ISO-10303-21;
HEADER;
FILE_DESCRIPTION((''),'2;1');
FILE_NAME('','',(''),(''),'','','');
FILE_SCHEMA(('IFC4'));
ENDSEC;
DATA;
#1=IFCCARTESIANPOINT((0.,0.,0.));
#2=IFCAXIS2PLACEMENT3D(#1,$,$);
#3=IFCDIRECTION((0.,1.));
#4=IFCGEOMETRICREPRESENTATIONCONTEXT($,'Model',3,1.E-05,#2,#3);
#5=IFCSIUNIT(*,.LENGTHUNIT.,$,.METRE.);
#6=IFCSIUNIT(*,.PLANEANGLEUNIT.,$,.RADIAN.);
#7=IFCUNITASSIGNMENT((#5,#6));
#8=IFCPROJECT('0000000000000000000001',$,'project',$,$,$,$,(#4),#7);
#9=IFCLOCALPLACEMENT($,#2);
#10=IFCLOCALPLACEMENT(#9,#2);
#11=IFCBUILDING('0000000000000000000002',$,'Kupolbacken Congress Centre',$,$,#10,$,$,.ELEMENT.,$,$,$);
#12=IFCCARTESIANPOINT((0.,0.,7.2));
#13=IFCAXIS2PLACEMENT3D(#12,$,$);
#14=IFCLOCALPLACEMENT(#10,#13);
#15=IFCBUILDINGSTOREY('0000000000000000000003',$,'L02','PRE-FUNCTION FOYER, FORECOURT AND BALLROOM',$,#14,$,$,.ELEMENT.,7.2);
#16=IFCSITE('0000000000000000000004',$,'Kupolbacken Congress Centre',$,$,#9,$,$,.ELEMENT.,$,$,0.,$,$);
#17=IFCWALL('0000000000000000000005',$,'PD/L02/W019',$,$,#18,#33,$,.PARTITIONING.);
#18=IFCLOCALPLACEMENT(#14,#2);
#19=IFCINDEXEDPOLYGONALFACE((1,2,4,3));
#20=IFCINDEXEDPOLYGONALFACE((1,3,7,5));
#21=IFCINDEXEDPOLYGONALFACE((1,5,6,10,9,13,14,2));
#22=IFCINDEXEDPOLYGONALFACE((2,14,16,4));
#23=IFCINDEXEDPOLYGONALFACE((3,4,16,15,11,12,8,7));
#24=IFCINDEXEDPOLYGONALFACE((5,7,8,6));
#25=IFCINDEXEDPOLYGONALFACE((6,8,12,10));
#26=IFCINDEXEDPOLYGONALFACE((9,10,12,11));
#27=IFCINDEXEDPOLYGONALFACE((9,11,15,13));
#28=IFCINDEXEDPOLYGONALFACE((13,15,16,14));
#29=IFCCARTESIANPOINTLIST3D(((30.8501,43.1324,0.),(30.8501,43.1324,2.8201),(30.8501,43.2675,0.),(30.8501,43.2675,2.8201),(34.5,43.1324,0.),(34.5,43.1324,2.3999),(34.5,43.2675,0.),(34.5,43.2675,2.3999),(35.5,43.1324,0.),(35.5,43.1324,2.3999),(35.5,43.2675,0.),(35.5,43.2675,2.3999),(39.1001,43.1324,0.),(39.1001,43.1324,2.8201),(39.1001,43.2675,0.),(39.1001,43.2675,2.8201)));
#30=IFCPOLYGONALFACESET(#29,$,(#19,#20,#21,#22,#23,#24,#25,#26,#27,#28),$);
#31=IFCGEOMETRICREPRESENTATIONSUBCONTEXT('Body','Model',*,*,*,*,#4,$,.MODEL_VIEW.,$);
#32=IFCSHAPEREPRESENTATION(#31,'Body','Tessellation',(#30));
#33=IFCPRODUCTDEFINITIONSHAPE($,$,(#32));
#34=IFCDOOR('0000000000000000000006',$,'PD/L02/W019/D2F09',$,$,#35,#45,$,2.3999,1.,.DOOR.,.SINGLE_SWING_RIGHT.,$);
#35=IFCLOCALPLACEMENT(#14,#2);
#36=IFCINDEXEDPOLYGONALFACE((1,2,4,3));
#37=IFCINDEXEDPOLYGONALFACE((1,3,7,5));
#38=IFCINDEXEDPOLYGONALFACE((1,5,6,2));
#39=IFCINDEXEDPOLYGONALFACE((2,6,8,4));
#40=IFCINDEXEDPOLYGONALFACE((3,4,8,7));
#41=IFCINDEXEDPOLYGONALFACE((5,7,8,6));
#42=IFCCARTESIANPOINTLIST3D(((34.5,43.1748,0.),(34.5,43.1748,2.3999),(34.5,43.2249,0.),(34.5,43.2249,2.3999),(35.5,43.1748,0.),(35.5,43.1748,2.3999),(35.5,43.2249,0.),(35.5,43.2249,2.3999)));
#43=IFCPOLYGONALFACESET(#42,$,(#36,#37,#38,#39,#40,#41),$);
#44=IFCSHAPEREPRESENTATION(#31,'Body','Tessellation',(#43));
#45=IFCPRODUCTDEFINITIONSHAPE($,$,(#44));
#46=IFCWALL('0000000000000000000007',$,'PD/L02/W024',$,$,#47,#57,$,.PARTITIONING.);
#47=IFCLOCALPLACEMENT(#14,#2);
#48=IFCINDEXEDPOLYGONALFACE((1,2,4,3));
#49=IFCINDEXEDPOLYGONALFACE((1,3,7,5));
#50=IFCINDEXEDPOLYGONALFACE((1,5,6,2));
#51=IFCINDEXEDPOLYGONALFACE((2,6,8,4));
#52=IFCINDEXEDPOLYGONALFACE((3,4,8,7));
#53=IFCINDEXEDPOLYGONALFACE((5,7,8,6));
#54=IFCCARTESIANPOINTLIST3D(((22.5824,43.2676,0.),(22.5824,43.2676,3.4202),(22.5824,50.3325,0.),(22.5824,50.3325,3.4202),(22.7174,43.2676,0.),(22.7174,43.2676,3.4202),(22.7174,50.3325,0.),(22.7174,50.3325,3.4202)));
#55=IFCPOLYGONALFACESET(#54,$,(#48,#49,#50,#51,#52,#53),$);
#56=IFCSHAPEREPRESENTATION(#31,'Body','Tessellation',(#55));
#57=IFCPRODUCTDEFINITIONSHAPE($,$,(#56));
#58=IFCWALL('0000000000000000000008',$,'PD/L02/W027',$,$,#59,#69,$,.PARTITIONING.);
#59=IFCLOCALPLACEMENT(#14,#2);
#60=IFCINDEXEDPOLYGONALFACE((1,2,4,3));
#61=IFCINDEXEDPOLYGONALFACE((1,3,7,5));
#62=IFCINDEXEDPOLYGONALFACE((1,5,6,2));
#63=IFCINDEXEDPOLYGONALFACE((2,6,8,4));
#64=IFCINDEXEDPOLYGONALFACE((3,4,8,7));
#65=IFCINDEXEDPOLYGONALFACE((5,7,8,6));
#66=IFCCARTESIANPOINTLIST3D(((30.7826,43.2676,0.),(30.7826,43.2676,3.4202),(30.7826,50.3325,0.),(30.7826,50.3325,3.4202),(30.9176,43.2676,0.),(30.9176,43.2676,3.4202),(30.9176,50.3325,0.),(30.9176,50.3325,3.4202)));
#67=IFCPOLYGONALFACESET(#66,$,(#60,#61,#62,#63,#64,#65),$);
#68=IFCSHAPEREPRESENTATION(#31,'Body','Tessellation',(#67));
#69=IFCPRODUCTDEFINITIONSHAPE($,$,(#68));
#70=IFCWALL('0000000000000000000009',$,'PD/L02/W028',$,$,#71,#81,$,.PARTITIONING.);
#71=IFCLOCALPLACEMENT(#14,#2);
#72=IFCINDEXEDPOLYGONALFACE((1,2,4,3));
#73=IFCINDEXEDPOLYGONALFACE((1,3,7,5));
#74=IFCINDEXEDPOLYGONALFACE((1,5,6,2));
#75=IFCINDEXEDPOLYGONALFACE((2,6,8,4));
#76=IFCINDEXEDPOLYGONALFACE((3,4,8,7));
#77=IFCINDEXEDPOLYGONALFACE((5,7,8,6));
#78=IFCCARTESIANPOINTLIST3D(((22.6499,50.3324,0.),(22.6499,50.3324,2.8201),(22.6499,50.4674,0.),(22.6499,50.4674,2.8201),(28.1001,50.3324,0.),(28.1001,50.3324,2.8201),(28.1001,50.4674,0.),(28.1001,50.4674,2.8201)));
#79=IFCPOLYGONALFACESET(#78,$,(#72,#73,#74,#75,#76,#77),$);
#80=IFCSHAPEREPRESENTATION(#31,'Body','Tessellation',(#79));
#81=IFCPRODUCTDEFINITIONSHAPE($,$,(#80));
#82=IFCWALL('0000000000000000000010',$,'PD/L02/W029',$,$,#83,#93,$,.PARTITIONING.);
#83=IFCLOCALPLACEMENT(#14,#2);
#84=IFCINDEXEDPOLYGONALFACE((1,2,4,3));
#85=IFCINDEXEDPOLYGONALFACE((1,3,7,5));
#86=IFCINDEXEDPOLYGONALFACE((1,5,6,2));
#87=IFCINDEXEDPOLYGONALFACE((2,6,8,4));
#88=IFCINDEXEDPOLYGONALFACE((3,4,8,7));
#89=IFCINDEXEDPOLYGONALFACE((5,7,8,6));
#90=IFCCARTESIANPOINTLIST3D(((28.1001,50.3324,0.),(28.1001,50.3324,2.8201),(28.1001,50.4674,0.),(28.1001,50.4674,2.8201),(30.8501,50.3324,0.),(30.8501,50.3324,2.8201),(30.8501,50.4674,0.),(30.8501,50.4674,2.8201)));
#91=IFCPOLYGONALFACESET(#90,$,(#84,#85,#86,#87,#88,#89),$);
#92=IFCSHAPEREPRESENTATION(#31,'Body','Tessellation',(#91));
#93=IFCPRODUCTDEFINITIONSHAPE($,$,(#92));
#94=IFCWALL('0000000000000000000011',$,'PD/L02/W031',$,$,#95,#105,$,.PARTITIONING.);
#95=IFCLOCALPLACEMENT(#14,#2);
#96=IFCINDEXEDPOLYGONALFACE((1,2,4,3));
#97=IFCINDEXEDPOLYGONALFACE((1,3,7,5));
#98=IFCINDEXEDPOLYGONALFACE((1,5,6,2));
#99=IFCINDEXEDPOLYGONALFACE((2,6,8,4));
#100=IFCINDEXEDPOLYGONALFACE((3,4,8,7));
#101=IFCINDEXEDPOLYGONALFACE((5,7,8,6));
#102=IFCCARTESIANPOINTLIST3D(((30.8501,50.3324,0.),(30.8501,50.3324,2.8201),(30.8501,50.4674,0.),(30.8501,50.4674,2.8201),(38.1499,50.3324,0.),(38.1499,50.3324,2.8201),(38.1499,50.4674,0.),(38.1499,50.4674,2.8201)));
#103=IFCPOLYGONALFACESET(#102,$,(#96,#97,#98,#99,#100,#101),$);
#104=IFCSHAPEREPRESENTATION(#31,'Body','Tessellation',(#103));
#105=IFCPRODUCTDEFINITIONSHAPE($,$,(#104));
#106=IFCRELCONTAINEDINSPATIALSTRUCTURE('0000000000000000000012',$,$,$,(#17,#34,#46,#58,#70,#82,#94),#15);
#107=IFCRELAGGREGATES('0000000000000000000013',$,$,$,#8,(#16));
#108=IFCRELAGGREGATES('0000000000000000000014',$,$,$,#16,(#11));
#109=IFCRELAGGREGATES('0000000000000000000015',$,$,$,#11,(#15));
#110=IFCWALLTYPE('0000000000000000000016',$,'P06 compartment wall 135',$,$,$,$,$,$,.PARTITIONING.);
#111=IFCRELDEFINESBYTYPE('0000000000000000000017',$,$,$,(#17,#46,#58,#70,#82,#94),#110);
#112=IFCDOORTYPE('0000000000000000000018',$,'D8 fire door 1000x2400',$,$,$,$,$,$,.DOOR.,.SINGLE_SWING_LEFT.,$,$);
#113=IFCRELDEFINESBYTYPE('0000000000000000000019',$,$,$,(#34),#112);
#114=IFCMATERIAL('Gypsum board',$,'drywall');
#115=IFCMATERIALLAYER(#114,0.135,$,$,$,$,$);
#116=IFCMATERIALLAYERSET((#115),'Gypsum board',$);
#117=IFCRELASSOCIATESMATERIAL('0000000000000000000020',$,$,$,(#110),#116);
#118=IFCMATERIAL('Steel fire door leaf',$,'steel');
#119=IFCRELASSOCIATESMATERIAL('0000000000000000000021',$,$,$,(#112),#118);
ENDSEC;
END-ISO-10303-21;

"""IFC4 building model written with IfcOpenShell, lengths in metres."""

from ifc_helpers import new_model, si_unit, direction, frame, frame_2d, origin, place, context, subcontext, project, spatial, rectangle, extrude, material, layer, layer_set, type_object, element, fill, save


model = new_model("IFC4")

# Units and contexts
model_context = context("Model", 3, precision=1e-05, world=origin(), true_north=direction((0.0, 1.0)))
body_context = subcontext(model_context, "Body", "Model", "MODEL_VIEW")
ifc_project = project(units=[si_unit("LENGTHUNIT", "METRE"), si_unit("PLANEANGLEUNIT", "RADIAN")], contexts=[model_context])

# Site, building, storey
site_placement = place(None, origin())
site = spatial("IfcSite", under=ifc_project, at=site_placement, Name="Kupolbacken Congress Centre", CompositionType="ELEMENT", RefElevation=0.0)
building_placement = place(site_placement, origin())
building = spatial("IfcBuilding", under=site, at=building_placement, Name="Kupolbacken Congress Centre", CompositionType="ELEMENT")
storey_placement = place(building_placement, frame((0.0, 0.0, 7.2)))
storey = spatial("IfcBuildingStorey", under=building, at=storey_placement, Name="L02", Description="PRE-FUNCTION FOYER, FORECOURT AND BALLROOM", CompositionType="ELEMENT", Elevation=7.2)

# Wall, opening, door
ifc_material_1 = material(Name="Gypsum board", Category="drywall")
ifc_layer_1 = layer(ifc_material_1, 0.135)
ifc_layer_set_1 = layer_set([ifc_layer_1], Name="Gypsum board")
wall_type_1 = type_object("IfcWallType", Name="P06 compartment wall 135", PredefinedType="PARTITIONING", material=ifc_layer_set_1)
ifc_material_2 = material(Name="Steel fire door leaf", Category="steel")
door_type = type_object("IfcDoorType", Name="D8 fire door 1000x2400", OperationType="SINGLE_SWING_LEFT", PredefinedType="DOOR", material=ifc_material_2)
wall_1_placement = place(storey_placement, frame((30.8501, 43.2, 0.0), z_axis=(0.0, 0.0, 1.0), x_axis=(1.0, 0.0, 0.0)))
wall_1 = element("IfcWall", 1, at=wall_1_placement, inside=storey, type_object=wall_type_1, Name="PD/L02/W019", PredefinedType="PARTITIONING", context=body_context, shape_type="SweptSolid", body=[
    extrude(rectangle(XDim=8.25, YDim=0.135, at=frame_2d((4.125, 0.0))), origin(), (0.0, 0.0, 1.0), 2.8201),
])
opening_1_placement = place(wall_1_placement, frame((3.6499, 0.0, 0.0)))
opening_1 = element("IfcOpeningElement", 2, at=opening_1_placement, cuts=wall_1, PredefinedType="OPENING", context=body_context, shape_type="SweptSolid", body=[
    extrude(rectangle(XDim=1.0, YDim=2.3999, at=frame_2d((0.5, 1.2))), frame((0.0, 0.0774, 0.0), z_axis=(0.0, -1.0, 0.0), x_axis=(1.0, 0.0, 0.0)), (0.0, 0.0, 1.0), 0.155),
])
door_1_placement = place(opening_1_placement, origin())
door_1 = element("IfcDoor", 3, at=door_1_placement, inside=storey, type_object=door_type, Name="PD/L02/W019/D2F09", OperationType="SINGLE_SWING_RIGHT", OverallHeight=2.3999, OverallWidth=1.0, PredefinedType="DOOR", context=body_context, shape_type="SweptSolid", body=[
    extrude(rectangle(XDim=1.0, YDim=2.3999, at=frame_2d((0.5, 1.2))), frame((0.0, 0.0249, 0.0), z_axis=(0.0, -1.0, 0.0), x_axis=(1.0, 0.0, 0.0)), (0.0, 0.0, 1.0), 0.05),
])
fill(opening_1, door_1)

# Walls
for number, where, z_axis, x_axis, name in (
    (4, (22.6499, 50.3325, 0.0), (0.0, 0.0, 1.0), (0.0, -1.0, 0.0), "PD/L02/W024"),
    (5, (30.8501, 50.3325, 0.0), (0.0, 0.0, 1.0), (0.0, -1.0, 0.0), "PD/L02/W027"),
):
    element("IfcWall", number, at=place(storey_placement, frame(where, z_axis=z_axis, x_axis=x_axis)), inside=storey, type_object=wall_type_1, Name=name, PredefinedType="PARTITIONING", context=body_context, shape_type="SweptSolid", body=[
        extrude(rectangle(XDim=7.0649, YDim=0.135, at=frame_2d((3.5325, 0.0))), origin(), (0.0, 0.0, 1.0), 3.4202),
    ])
wall_2_placement = place(storey_placement, frame((22.6499, 50.3999, 0.0), z_axis=(0.0, 0.0, 1.0), x_axis=(1.0, 0.0, 0.0)))
element("IfcWall", 6, at=wall_2_placement, inside=storey, type_object=wall_type_1, Name="PD/L02/W028", PredefinedType="PARTITIONING", context=body_context, shape_type="SweptSolid", body=[
    extrude(rectangle(XDim=5.4502, YDim=0.135, at=frame_2d((2.7251, 0.0))), origin(), (0.0, 0.0, 1.0), 2.8201),
])
wall_3_placement = place(storey_placement, frame((28.1001, 50.3999, 0.0), z_axis=(0.0, 0.0, 1.0), x_axis=(1.0, 0.0, 0.0)))
element("IfcWall", 7, at=wall_3_placement, inside=storey, type_object=wall_type_1, Name="PD/L02/W029", PredefinedType="PARTITIONING", context=body_context, shape_type="SweptSolid", body=[
    extrude(rectangle(XDim=2.75, YDim=0.135, at=frame_2d((1.375, 0.0))), origin(), (0.0, 0.0, 1.0), 2.8201),
])
wall_4_placement = place(storey_placement, frame((30.8501, 50.3999, 0.0), z_axis=(0.0, 0.0, 1.0), x_axis=(1.0, 0.0, 0.0)))
element("IfcWall", 8, at=wall_4_placement, inside=storey, type_object=wall_type_1, Name="PD/L02/W031", PredefinedType="PARTITIONING", context=body_context, shape_type="SweptSolid", body=[
    extrude(rectangle(XDim=7.2998, YDim=0.135, at=frame_2d((3.6499, 0.0))), origin(), (0.0, 0.0, 1.0), 2.8201),
])

save(model, "model.ifc")
